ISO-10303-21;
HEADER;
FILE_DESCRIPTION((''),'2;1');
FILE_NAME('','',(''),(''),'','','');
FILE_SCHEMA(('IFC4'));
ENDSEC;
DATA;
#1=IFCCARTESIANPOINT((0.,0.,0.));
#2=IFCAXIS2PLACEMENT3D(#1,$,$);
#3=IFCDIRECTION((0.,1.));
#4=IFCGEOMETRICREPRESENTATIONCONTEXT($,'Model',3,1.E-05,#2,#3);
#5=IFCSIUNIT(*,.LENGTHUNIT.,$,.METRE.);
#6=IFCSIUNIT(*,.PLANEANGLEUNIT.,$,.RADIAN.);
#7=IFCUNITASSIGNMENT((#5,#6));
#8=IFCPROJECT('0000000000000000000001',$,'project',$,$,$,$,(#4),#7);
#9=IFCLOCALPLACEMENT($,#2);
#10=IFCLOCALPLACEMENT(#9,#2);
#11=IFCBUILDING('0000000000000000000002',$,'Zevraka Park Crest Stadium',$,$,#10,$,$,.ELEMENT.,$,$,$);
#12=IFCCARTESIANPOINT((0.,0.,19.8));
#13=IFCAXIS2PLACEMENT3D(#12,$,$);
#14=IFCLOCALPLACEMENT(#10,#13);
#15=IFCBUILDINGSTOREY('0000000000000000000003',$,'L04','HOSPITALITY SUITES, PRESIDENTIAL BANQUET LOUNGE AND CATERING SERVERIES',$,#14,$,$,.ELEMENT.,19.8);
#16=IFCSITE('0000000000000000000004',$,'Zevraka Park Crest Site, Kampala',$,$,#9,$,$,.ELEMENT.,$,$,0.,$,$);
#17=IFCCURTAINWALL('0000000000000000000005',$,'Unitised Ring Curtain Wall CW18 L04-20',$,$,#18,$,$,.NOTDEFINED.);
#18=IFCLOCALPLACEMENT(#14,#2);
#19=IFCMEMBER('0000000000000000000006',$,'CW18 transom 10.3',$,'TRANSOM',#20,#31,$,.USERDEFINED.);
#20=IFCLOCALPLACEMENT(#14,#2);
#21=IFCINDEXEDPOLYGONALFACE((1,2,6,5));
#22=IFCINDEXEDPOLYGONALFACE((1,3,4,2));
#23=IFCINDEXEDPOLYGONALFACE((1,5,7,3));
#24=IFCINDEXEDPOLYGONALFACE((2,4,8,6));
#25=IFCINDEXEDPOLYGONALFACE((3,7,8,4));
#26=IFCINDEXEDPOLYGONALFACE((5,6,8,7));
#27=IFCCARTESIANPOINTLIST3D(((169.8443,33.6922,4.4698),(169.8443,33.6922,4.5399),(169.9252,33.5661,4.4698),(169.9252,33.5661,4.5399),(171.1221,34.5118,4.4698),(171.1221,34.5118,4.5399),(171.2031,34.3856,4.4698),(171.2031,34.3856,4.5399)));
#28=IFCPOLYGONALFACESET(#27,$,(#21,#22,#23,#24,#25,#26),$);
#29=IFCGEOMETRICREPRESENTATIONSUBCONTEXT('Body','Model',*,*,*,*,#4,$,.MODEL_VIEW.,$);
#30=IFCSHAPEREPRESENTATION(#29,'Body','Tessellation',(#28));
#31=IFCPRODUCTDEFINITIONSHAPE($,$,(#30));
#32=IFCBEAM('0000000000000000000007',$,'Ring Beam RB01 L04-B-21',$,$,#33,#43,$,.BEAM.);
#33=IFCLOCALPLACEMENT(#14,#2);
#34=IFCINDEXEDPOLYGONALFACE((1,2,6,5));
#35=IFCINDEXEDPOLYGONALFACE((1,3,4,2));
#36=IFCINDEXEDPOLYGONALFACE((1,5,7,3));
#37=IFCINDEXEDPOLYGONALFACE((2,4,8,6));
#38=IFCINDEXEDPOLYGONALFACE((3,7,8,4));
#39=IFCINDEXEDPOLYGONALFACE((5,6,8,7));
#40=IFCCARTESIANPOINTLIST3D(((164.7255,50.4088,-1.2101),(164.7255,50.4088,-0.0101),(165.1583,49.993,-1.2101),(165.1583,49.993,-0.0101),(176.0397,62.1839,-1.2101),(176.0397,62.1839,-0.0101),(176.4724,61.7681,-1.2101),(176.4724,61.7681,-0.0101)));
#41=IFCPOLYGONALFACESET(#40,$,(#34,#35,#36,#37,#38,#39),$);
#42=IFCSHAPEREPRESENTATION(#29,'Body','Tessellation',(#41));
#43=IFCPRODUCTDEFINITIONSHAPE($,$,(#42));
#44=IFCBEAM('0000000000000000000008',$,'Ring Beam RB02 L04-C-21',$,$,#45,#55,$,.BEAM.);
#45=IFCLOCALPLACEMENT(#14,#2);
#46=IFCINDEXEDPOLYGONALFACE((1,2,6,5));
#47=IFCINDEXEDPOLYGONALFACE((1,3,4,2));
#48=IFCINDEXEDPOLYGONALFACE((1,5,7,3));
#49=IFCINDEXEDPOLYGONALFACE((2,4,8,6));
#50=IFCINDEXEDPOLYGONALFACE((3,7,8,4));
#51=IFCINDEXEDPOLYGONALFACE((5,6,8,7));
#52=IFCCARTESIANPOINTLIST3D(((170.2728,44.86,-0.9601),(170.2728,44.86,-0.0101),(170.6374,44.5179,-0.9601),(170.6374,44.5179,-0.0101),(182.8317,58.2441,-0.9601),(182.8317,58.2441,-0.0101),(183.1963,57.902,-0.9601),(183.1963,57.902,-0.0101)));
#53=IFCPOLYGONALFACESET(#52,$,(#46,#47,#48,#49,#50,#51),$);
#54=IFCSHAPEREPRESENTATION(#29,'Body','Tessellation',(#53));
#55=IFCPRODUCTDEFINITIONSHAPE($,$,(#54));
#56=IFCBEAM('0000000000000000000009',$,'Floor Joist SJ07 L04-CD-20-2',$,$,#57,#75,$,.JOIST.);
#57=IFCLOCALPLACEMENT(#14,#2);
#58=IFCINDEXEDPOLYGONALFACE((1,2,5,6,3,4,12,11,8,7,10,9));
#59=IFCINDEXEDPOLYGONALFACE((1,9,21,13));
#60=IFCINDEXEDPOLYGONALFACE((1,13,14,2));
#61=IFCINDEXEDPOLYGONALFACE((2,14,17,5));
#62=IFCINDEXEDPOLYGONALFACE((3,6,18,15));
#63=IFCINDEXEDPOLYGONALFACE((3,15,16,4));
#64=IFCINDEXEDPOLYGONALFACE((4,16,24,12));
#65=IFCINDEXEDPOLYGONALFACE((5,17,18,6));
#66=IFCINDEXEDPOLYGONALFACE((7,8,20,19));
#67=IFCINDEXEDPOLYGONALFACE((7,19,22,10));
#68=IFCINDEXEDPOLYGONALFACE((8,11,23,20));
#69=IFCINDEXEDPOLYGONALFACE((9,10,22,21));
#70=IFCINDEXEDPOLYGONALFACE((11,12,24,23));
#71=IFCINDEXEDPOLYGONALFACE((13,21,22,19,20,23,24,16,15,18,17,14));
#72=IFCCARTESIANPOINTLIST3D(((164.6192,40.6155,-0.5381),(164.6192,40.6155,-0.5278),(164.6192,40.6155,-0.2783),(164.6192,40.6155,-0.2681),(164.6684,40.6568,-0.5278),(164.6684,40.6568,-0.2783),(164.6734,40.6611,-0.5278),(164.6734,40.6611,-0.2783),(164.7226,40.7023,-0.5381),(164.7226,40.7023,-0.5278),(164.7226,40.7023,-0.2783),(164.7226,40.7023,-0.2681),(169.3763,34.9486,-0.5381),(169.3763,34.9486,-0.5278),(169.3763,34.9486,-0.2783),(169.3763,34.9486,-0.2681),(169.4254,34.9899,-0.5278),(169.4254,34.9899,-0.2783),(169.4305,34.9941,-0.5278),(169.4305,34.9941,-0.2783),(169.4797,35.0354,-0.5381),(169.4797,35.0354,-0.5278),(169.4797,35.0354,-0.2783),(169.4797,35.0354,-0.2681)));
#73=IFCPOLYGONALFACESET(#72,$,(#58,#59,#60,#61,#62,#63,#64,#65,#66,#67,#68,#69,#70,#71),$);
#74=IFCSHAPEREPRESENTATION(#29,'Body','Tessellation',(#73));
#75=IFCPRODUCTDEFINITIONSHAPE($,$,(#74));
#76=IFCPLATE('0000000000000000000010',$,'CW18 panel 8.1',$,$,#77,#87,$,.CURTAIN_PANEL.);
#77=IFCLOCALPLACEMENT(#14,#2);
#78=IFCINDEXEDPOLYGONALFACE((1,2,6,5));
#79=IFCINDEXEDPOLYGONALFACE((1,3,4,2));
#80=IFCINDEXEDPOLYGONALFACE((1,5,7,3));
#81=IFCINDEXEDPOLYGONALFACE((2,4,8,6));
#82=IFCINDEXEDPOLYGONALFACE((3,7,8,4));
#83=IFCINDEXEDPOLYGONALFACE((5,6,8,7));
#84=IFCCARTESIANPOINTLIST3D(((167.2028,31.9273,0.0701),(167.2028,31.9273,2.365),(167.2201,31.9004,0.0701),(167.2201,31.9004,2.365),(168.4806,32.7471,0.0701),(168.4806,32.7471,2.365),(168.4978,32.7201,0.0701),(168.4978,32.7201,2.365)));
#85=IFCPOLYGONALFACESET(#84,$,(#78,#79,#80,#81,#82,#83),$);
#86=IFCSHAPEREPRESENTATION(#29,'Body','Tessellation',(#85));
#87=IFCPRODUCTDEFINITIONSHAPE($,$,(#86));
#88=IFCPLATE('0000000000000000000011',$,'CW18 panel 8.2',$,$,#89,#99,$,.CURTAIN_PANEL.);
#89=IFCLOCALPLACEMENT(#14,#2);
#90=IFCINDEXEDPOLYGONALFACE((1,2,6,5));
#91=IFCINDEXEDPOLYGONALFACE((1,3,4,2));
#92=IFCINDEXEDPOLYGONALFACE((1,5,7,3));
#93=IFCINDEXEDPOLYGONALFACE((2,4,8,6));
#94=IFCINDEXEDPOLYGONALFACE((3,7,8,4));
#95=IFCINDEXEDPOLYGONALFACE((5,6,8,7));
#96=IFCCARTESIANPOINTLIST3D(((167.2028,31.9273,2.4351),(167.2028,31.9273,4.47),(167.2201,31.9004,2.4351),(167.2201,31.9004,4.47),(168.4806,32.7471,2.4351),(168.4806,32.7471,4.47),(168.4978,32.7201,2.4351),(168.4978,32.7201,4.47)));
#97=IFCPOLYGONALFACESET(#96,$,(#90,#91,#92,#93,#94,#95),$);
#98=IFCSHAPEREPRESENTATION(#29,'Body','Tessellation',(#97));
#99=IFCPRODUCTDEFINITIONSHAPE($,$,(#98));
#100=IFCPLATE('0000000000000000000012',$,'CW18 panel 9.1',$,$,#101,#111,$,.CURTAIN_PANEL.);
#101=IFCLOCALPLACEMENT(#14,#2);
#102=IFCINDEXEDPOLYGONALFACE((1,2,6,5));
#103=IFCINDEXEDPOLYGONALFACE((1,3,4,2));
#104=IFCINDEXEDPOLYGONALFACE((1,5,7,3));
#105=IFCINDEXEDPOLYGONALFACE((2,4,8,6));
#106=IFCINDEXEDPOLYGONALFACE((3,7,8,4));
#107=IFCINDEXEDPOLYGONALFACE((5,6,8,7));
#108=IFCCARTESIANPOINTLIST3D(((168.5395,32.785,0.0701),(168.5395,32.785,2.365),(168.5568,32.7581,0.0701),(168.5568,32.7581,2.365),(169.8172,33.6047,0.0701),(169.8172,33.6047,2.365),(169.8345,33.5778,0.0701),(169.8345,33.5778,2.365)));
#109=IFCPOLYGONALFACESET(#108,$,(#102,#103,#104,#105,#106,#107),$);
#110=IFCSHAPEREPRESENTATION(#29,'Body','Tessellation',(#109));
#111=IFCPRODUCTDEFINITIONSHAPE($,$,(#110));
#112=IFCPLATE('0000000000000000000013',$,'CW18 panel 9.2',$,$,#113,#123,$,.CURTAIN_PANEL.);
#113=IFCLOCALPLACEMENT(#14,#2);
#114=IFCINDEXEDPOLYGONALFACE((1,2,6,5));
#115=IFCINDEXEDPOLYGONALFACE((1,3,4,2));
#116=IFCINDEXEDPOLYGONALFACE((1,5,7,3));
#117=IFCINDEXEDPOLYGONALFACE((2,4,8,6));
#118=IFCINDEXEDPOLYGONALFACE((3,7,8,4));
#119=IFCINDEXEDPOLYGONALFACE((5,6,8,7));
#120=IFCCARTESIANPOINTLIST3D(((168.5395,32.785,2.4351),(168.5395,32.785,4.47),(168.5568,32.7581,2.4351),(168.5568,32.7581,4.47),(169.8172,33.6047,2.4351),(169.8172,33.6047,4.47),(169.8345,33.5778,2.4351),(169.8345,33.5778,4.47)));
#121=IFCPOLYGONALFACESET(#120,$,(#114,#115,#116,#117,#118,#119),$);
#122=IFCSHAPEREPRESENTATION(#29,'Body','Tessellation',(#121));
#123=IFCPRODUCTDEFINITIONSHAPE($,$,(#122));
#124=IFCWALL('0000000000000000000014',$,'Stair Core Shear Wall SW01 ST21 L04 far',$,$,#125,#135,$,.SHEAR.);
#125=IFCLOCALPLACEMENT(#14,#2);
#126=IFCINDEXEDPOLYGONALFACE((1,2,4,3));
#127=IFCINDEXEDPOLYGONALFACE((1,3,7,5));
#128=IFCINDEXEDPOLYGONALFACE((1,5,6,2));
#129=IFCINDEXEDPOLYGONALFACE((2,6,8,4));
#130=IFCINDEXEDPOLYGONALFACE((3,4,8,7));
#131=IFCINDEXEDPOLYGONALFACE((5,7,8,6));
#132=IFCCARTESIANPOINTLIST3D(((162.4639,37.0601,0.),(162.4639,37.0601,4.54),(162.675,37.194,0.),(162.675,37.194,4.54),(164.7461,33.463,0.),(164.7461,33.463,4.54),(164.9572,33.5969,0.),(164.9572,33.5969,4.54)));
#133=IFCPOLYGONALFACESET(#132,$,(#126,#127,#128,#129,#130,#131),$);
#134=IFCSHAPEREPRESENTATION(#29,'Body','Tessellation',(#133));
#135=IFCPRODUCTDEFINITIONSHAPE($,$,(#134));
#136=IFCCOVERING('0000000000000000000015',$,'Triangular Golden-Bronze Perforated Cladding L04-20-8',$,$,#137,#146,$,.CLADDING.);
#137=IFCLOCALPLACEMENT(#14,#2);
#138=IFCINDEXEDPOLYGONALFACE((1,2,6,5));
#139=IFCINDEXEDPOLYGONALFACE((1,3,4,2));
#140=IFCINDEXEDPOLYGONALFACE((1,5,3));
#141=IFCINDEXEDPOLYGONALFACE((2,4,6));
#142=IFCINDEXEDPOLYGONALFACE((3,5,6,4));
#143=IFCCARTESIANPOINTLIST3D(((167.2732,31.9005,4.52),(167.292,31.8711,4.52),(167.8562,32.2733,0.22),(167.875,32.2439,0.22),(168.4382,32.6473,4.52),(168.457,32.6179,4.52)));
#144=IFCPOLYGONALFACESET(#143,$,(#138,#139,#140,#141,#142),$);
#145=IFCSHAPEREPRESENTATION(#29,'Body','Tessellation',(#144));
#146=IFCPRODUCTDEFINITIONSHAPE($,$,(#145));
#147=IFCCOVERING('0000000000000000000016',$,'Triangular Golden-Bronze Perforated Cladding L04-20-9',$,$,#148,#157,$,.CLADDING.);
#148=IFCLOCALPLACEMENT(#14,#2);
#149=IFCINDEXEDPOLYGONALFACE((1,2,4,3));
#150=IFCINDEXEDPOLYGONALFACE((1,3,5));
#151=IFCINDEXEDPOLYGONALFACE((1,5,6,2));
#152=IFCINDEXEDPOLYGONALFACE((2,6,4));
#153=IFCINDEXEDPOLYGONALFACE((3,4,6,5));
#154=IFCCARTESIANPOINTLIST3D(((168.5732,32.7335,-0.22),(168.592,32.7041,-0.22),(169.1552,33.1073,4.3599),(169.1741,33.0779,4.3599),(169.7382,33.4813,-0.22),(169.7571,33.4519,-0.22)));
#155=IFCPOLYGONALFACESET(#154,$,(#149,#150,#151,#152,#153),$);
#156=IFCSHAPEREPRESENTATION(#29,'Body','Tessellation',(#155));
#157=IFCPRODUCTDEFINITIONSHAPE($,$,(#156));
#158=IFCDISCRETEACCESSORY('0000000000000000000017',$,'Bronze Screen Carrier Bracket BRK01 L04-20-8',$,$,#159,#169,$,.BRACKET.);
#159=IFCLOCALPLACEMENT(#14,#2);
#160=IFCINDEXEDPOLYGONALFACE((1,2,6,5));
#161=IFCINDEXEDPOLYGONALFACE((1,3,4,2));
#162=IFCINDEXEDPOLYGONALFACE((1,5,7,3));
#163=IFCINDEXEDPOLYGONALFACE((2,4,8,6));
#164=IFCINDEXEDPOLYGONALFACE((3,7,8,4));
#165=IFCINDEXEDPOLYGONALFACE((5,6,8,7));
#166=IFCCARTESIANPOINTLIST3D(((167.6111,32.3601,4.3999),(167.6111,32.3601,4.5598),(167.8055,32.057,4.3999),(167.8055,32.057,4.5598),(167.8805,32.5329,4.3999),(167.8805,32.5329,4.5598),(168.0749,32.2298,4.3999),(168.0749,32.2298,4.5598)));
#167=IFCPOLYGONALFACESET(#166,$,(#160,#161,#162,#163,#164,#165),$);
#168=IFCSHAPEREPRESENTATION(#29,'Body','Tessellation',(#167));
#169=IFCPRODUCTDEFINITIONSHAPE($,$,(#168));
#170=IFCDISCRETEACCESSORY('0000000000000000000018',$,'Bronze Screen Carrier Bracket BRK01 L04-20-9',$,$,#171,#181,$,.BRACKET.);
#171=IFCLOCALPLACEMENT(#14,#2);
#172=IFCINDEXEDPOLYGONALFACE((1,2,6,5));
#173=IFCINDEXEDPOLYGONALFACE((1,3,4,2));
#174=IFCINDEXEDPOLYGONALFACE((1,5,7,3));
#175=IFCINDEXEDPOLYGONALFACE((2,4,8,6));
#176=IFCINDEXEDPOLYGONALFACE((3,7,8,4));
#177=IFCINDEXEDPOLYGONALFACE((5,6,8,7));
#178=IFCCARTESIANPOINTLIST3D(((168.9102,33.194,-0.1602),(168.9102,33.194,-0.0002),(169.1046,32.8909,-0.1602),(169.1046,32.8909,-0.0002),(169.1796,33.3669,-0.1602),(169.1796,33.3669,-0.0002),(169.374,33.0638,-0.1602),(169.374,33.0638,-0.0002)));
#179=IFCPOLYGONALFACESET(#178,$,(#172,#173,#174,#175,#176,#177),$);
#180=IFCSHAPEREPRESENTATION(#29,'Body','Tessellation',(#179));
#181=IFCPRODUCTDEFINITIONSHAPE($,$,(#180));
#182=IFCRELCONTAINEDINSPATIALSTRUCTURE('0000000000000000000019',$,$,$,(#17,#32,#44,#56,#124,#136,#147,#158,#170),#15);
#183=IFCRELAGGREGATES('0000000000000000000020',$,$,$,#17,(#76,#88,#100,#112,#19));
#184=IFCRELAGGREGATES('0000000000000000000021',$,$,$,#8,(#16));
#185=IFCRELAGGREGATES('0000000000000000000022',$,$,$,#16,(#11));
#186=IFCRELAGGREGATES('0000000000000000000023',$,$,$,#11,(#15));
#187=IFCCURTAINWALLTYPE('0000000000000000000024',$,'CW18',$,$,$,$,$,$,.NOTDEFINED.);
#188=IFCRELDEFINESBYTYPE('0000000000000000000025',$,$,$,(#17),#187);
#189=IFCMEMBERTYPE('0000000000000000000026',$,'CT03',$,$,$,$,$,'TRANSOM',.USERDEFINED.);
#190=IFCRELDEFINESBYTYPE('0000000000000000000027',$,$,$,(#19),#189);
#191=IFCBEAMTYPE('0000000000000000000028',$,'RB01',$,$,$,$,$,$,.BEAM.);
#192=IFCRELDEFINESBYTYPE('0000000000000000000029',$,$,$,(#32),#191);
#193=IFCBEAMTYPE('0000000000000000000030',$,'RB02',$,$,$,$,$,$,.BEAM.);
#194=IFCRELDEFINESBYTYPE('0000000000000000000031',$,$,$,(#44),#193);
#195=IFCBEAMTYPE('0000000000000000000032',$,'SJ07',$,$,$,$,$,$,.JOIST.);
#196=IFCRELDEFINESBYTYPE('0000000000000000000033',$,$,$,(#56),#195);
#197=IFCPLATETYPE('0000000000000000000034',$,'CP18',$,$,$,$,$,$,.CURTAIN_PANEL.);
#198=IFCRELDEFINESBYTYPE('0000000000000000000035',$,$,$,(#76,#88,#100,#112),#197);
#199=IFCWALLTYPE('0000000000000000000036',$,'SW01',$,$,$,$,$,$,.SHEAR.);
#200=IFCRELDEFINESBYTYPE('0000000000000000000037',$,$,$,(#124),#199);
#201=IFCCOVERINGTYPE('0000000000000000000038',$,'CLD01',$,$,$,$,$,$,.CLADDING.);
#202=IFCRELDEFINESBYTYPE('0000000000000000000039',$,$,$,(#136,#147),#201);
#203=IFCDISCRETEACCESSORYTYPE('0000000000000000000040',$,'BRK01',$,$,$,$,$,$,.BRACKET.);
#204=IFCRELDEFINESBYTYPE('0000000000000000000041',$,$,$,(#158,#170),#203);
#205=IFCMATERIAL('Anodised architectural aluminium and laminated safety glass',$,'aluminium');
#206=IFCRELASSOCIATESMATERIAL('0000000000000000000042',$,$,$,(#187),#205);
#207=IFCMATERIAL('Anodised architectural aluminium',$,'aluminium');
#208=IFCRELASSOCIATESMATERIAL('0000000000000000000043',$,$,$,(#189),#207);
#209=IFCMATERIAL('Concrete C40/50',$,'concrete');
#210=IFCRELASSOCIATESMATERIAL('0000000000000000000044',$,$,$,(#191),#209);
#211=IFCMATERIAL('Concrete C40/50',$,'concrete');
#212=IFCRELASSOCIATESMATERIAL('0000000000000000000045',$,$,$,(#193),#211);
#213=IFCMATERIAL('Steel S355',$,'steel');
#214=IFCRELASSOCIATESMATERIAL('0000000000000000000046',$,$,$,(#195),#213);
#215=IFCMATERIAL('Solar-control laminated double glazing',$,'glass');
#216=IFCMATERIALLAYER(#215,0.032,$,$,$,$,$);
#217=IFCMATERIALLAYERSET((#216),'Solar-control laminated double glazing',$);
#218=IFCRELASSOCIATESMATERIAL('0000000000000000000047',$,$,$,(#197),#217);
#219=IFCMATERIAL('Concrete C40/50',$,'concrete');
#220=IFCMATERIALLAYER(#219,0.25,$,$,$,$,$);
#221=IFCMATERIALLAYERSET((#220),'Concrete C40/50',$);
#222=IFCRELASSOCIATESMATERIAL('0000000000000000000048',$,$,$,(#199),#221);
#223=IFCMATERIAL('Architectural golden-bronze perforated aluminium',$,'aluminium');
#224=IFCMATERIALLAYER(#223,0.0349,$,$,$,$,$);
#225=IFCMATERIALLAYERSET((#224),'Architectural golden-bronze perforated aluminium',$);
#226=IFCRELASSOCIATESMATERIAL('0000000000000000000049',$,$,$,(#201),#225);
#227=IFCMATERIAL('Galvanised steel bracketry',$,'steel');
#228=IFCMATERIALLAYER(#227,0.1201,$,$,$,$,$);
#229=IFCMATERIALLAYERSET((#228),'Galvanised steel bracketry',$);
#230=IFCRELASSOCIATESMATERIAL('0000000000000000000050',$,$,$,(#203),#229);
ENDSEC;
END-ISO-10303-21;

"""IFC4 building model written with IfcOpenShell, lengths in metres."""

from ifc_helpers import new_model, si_unit, direction, frame, frame_2d, origin, origin_2d, place, context, subcontext, project, spatial, polyline, rectangle, i_section, outline, extrude, material, layer, layer_set, material_profile, profile_set, type_object, element, aggregate, save


model = new_model("IFC4")

# Units and contexts
model_context = context("Model", 3, precision=1e-05, world=origin(), true_north=direction((0.0, 1.0)))
body_context = subcontext(model_context, "Body", "Model", "MODEL_VIEW")
ifc_project = project(units=[si_unit("LENGTHUNIT", "METRE"), si_unit("PLANEANGLEUNIT", "RADIAN")], contexts=[model_context])

# Site, building, storey
site_placement = place(None, origin())
site = spatial("IfcSite", under=ifc_project, at=site_placement, Name="Zevraka Park Crest Site, Kampala", CompositionType="ELEMENT", RefElevation=0.0)
building_placement = place(site_placement, origin())
building = spatial("IfcBuilding", under=site, at=building_placement, Name="Zevraka Park Crest Stadium", CompositionType="ELEMENT")
storey_placement = place(building_placement, frame((0.0, 0.0, 19.8)))
storey = spatial("IfcBuildingStorey", under=building, at=storey_placement, Name="L04", Description="HOSPITALITY SUITES, PRESIDENTIAL BANQUET LOUNGE AND CATERING SERVERIES", CompositionType="ELEMENT", Elevation=19.8)

# Curtain wall, member
ifc_material_1 = material(Name="Anodised architectural aluminium and laminated safety glass", Category="aluminium")
curtain_wall_type = type_object("IfcCurtainWallType", Name="CW18", PredefinedType="NOTDEFINED", material=ifc_material_1)
curtain_wall_placement = place(storey_placement, origin())
curtain_wall = element("IfcCurtainWall", 1, at=curtain_wall_placement, inside=storey, type_object=curtain_wall_type, Name="Unitised Ring Curtain Wall CW18 L04-20", PredefinedType="NOTDEFINED")
ifc_material_2 = material(Name="Anodised architectural aluminium", Category="aluminium")
ifc_material_profile_1 = material_profile(ifc_material_2, rectangle(XDim=0.1499, YDim=0.0701, at=origin_2d()), Name="ALU TRANSOM 150x70")
ifc_profile_set_1 = profile_set([ifc_material_profile_1], Name="Anodised architectural aluminium")
member_type_1 = type_object("IfcMemberType", Name="CT03", ElementType="TRANSOM", PredefinedType="USERDEFINED", material=ifc_profile_set_1)
member_1_placement = place(storey_placement, frame((169.8848, 33.6292, 4.5049), z_axis=(0.841742, 0.539879, 0.0), x_axis=(-0.539879, 0.841742, 0.0)))
member_1 = element("IfcMember", 2, at=member_1_placement, type_object=member_type_1, Name="CW18 transom 10.3", ObjectType="TRANSOM", PredefinedType="USERDEFINED", context=body_context, shape_type="SweptSolid", body=[
    extrude(rectangle(XDim=0.1499, YDim=0.0701, at=origin_2d()), origin(), (0.0, 0.0, 1.0), 1.5181),
])

# Beams
ifc_material_3 = material(Name="Concrete C40/50", Category="concrete")
ifc_material_profile_2 = material_profile(ifc_material_3, rectangle(XDim=0.6001, YDim=1.2, at=origin_2d()), Name="RC 1200x600")
ifc_profile_set_2 = profile_set([ifc_material_profile_2], Name="Concrete C40/50")
beam_type_1 = type_object("IfcBeamType", Name="RB01", PredefinedType="BEAM", material=ifc_profile_set_2)
beam_1_placement = place(storey_placement, frame((164.9419, 50.2009, -0.6101), z_axis=(0.692853, 0.721079, 0.0), x_axis=(-0.721079, 0.692853, 0.0)))
element("IfcBeam", 3, at=beam_1_placement, inside=storey, type_object=beam_type_1, Name="Ring Beam RB01 L04-B-21", PredefinedType="BEAM", context=body_context, shape_type="SweptSolid", body=[
    extrude(rectangle(XDim=0.6001, YDim=1.2, at=origin_2d()), origin(), (0.0, 0.0, 1.0), 16.3298),
])
ifc_material_4 = material(Name="Concrete C40/50", Category="concrete")
ifc_material_profile_3 = material_profile(ifc_material_4, rectangle(XDim=0.5, YDim=0.95, at=origin_2d()), Name="RC 950x500")
ifc_profile_set_3 = profile_set([ifc_material_profile_3], Name="Concrete C40/50")
beam_type_2 = type_object("IfcBeamType", Name="RB02", PredefinedType="BEAM", material=ifc_profile_set_3)
beam_2_placement = place(storey_placement, frame((170.4551, 44.689, -0.4851), z_axis=(0.684269, 0.72923, 0.0), x_axis=(-0.72923, 0.684269, 0.0)))
element("IfcBeam", 4, at=beam_2_placement, inside=storey, type_object=beam_type_2, Name="Ring Beam RB02 L04-C-21", PredefinedType="BEAM", context=body_context, shape_type="SweptSolid", body=[
    extrude(rectangle(XDim=0.5, YDim=0.95, at=origin_2d()), origin(), (0.0, 0.0, 1.0), 18.3538),
])
ifc_material_5 = material(Name="Steel S355", Category="steel")
ifc_material_profile_4 = material_profile(ifc_material_5, i_section(OverallWidth=0.135, OverallDepth=0.27, WebThickness=0.0066, FlangeThickness=0.0103, at=origin_2d()), Name="IPE 270")
ifc_profile_set_4 = profile_set([ifc_material_profile_4], Name="Steel S355")
beam_type_3 = type_object("IfcBeamType", Name="SJ07", PredefinedType="JOIST", material=ifc_profile_set_4)
beam_3_placement = place(storey_placement, frame((164.6709, 40.6589, -0.4031), z_axis=(0.642939, -0.765917, 0.0), x_axis=(0.765917, 0.642939, 0.0)))
element("IfcBeam", 5, at=beam_3_placement, inside=storey, type_object=beam_type_3, Name="Floor Joist SJ07 L04-CD-20-2", PredefinedType="JOIST", context=body_context, shape_type="SweptSolid", body=[
    extrude(i_section(OverallWidth=0.135, OverallDepth=0.27, WebThickness=0.0066, FlangeThickness=0.0103, at=origin_2d()), origin(), (0.0, 0.0, 1.0), 7.3989),
])

# Plates
ifc_material_6 = material(Name="Solar-control laminated double glazing", Category="glass")
ifc_layer_1 = layer(ifc_material_6, 0.032)
ifc_layer_set_1 = layer_set([ifc_layer_1], Name="Solar-control laminated double glazing")
plate_type = type_object("IfcPlateType", Name="CP18", PredefinedType="CURTAIN_PANEL", material=ifc_layer_set_1)
plate_1_placement = place(storey_placement, frame((167.8503, 32.3237, 0.0701), z_axis=(0.0, 0.0, 1.0), x_axis=(0.841678, 0.53998, 0.0)))
plate_1 = element("IfcPlate", 6, at=plate_1_placement, type_object=plate_type, Name="CW18 panel 8.1", PredefinedType="CURTAIN_PANEL", context=body_context, shape_type="SweptSolid", body=[
    extrude(rectangle(XDim=1.5181, YDim=0.032, at=origin_2d()), origin(), (0.0, 0.0, 1.0), 2.2949),
])
plate_2_placement = place(storey_placement, frame((167.8503, 32.3237, 2.4351), z_axis=(0.0, 0.0, 1.0), x_axis=(0.841678, 0.53998, 0.0)))
plate_2 = element("IfcPlate", 7, at=plate_2_placement, type_object=plate_type, Name="CW18 panel 8.2", PredefinedType="CURTAIN_PANEL", context=body_context, shape_type="SweptSolid", body=[
    extrude(rectangle(XDim=1.5181, YDim=0.032, at=origin_2d()), origin(), (0.0, 0.0, 1.0), 2.0349),
])
plate_3_placement = place(storey_placement, frame((169.187, 33.1814, 0.0701), z_axis=(0.0, 0.0, 1.0), x_axis=(0.841678, 0.53998, 0.0)))
plate_3 = element("IfcPlate", 8, at=plate_3_placement, type_object=plate_type, Name="CW18 panel 9.1", PredefinedType="CURTAIN_PANEL", context=body_context, shape_type="SweptSolid", body=[
    extrude(rectangle(XDim=1.5181, YDim=0.032, at=origin_2d()), origin(), (0.0, 0.0, 1.0), 2.2949),
])
plate_4_placement = place(storey_placement, frame((169.187, 33.1814, 2.4351), z_axis=(0.0, 0.0, 1.0), x_axis=(0.841678, 0.53998, 0.0)))
plate_4 = element("IfcPlate", 9, at=plate_4_placement, type_object=plate_type, Name="CW18 panel 9.2", PredefinedType="CURTAIN_PANEL", context=body_context, shape_type="SweptSolid", body=[
    extrude(rectangle(XDim=1.5181, YDim=0.032, at=origin_2d()), origin(), (0.0, 0.0, 1.0), 2.0349),
])
aggregate(curtain_wall, [plate_1, plate_2, plate_3, plate_4, member_1])

# Wall
ifc_material_7 = material(Name="Concrete C40/50", Category="concrete")
ifc_layer_2 = layer(ifc_material_7, 0.25)
ifc_layer_set_2 = layer_set([ifc_layer_2], Name="Concrete C40/50")
wall_type = type_object("IfcWallType", Name="SW01", PredefinedType="SHEAR", material=ifc_layer_set_2)
wall_placement = place(storey_placement, frame((164.8516, 33.53, 0.0), z_axis=(0.0, 0.0, 1.0), x_axis=(-0.535725, 0.844392, 0.0)))
element("IfcWall", 10, at=wall_placement, inside=storey, type_object=wall_type, Name="Stair Core Shear Wall SW01 ST21 L04 far", PredefinedType="SHEAR", context=body_context, shape_type="SweptSolid", body=[
    extrude(rectangle(XDim=4.26, YDim=0.25, at=frame_2d((2.1299, 0.0))), origin(), (0.0, 0.0, 1.0), 4.54),
])

# Coverings
ifc_material_8 = material(Name="Architectural golden-bronze perforated aluminium", Category="aluminium")
ifc_layer_3 = layer(ifc_material_8, 0.0349)
ifc_layer_set_3 = layer_set([ifc_layer_3], Name="Architectural golden-bronze perforated aluminium")
covering_type = type_object("IfcCoveringType", Name="CLD01", PredefinedType="CLADDING", material=ifc_layer_set_3)
covering_1_placement = place(storey_placement, frame((168.457, 32.6179, 4.52), z_axis=(0.539669, -0.841877, 0.000181), x_axis=(-0.841877, -0.539669, 0.0)))
element("IfcCovering", 11, at=covering_1_placement, inside=storey, type_object=covering_type, Name="Triangular Golden-Bronze Perforated Cladding L04-20-8", PredefinedType="CLADDING", context=body_context, shape_type="SweptSolid", body=[
    extrude(outline(polyline([(0.0, 0.0), (1.3839, 0.0), (0.6918, 4.3), (0.0, 0.0)])), origin(), (0.0, 0.0, -1.0), 0.0349),
])
covering_2_placement = place(storey_placement, frame((168.592, 32.7041, -0.22), z_axis=(0.540169, -0.841556, 0.000035), x_axis=(0.841556, 0.540169, 0.0)))
element("IfcCovering", 12, at=covering_2_placement, inside=storey, type_object=covering_type, Name="Triangular Golden-Bronze Perforated Cladding L04-20-9", PredefinedType="CLADDING", context=body_context, shape_type="SweptSolid", body=[
    extrude(outline(polyline([(0.0, 0.0), (1.3844, 0.0), (0.6917, 4.5798), (0.0, 0.0)])), origin(), (0.0, 0.0, -1.0), 0.0349),
])

# Discrete accessories
ifc_material_9 = material(Name="Galvanised steel bracketry", Category="steel")
ifc_layer_4 = layer(ifc_material_9, 0.1201)
ifc_layer_set_4 = layer_set([ifc_layer_4], Name="Galvanised steel bracketry")
discrete_accessory_type = type_object("IfcDiscreteAccessoryType", Name="BRK01", PredefinedType="BRACKET", material=ifc_layer_set_4)
for number, where, z_axis, x_axis, name in (
    (13, (167.843, 32.2949, 4.3999), (0.0, 0.0, 1.0), (0.841699, 0.539947, 0.0), "Bronze Screen Carrier Bracket BRK01 L04-20-8"),
    (14, (169.1421, 33.1289, -0.1602), (0.0, 0.0, 1.0), (0.841699, 0.539947, 0.0), "Bronze Screen Carrier Bracket BRK01 L04-20-9"),
):
    element("IfcDiscreteAccessory", number, at=place(storey_placement, frame(where, z_axis=z_axis, x_axis=x_axis)), inside=storey, type_object=discrete_accessory_type, Name=name, PredefinedType="BRACKET", context=body_context, shape_type="SweptSolid", body=[
        extrude(rectangle(XDim=0.3201, YDim=0.3601, at=origin_2d()), origin(), (0.0, 0.0, 1.0), 0.1599),
    ])

save(model, "model.ifc")
